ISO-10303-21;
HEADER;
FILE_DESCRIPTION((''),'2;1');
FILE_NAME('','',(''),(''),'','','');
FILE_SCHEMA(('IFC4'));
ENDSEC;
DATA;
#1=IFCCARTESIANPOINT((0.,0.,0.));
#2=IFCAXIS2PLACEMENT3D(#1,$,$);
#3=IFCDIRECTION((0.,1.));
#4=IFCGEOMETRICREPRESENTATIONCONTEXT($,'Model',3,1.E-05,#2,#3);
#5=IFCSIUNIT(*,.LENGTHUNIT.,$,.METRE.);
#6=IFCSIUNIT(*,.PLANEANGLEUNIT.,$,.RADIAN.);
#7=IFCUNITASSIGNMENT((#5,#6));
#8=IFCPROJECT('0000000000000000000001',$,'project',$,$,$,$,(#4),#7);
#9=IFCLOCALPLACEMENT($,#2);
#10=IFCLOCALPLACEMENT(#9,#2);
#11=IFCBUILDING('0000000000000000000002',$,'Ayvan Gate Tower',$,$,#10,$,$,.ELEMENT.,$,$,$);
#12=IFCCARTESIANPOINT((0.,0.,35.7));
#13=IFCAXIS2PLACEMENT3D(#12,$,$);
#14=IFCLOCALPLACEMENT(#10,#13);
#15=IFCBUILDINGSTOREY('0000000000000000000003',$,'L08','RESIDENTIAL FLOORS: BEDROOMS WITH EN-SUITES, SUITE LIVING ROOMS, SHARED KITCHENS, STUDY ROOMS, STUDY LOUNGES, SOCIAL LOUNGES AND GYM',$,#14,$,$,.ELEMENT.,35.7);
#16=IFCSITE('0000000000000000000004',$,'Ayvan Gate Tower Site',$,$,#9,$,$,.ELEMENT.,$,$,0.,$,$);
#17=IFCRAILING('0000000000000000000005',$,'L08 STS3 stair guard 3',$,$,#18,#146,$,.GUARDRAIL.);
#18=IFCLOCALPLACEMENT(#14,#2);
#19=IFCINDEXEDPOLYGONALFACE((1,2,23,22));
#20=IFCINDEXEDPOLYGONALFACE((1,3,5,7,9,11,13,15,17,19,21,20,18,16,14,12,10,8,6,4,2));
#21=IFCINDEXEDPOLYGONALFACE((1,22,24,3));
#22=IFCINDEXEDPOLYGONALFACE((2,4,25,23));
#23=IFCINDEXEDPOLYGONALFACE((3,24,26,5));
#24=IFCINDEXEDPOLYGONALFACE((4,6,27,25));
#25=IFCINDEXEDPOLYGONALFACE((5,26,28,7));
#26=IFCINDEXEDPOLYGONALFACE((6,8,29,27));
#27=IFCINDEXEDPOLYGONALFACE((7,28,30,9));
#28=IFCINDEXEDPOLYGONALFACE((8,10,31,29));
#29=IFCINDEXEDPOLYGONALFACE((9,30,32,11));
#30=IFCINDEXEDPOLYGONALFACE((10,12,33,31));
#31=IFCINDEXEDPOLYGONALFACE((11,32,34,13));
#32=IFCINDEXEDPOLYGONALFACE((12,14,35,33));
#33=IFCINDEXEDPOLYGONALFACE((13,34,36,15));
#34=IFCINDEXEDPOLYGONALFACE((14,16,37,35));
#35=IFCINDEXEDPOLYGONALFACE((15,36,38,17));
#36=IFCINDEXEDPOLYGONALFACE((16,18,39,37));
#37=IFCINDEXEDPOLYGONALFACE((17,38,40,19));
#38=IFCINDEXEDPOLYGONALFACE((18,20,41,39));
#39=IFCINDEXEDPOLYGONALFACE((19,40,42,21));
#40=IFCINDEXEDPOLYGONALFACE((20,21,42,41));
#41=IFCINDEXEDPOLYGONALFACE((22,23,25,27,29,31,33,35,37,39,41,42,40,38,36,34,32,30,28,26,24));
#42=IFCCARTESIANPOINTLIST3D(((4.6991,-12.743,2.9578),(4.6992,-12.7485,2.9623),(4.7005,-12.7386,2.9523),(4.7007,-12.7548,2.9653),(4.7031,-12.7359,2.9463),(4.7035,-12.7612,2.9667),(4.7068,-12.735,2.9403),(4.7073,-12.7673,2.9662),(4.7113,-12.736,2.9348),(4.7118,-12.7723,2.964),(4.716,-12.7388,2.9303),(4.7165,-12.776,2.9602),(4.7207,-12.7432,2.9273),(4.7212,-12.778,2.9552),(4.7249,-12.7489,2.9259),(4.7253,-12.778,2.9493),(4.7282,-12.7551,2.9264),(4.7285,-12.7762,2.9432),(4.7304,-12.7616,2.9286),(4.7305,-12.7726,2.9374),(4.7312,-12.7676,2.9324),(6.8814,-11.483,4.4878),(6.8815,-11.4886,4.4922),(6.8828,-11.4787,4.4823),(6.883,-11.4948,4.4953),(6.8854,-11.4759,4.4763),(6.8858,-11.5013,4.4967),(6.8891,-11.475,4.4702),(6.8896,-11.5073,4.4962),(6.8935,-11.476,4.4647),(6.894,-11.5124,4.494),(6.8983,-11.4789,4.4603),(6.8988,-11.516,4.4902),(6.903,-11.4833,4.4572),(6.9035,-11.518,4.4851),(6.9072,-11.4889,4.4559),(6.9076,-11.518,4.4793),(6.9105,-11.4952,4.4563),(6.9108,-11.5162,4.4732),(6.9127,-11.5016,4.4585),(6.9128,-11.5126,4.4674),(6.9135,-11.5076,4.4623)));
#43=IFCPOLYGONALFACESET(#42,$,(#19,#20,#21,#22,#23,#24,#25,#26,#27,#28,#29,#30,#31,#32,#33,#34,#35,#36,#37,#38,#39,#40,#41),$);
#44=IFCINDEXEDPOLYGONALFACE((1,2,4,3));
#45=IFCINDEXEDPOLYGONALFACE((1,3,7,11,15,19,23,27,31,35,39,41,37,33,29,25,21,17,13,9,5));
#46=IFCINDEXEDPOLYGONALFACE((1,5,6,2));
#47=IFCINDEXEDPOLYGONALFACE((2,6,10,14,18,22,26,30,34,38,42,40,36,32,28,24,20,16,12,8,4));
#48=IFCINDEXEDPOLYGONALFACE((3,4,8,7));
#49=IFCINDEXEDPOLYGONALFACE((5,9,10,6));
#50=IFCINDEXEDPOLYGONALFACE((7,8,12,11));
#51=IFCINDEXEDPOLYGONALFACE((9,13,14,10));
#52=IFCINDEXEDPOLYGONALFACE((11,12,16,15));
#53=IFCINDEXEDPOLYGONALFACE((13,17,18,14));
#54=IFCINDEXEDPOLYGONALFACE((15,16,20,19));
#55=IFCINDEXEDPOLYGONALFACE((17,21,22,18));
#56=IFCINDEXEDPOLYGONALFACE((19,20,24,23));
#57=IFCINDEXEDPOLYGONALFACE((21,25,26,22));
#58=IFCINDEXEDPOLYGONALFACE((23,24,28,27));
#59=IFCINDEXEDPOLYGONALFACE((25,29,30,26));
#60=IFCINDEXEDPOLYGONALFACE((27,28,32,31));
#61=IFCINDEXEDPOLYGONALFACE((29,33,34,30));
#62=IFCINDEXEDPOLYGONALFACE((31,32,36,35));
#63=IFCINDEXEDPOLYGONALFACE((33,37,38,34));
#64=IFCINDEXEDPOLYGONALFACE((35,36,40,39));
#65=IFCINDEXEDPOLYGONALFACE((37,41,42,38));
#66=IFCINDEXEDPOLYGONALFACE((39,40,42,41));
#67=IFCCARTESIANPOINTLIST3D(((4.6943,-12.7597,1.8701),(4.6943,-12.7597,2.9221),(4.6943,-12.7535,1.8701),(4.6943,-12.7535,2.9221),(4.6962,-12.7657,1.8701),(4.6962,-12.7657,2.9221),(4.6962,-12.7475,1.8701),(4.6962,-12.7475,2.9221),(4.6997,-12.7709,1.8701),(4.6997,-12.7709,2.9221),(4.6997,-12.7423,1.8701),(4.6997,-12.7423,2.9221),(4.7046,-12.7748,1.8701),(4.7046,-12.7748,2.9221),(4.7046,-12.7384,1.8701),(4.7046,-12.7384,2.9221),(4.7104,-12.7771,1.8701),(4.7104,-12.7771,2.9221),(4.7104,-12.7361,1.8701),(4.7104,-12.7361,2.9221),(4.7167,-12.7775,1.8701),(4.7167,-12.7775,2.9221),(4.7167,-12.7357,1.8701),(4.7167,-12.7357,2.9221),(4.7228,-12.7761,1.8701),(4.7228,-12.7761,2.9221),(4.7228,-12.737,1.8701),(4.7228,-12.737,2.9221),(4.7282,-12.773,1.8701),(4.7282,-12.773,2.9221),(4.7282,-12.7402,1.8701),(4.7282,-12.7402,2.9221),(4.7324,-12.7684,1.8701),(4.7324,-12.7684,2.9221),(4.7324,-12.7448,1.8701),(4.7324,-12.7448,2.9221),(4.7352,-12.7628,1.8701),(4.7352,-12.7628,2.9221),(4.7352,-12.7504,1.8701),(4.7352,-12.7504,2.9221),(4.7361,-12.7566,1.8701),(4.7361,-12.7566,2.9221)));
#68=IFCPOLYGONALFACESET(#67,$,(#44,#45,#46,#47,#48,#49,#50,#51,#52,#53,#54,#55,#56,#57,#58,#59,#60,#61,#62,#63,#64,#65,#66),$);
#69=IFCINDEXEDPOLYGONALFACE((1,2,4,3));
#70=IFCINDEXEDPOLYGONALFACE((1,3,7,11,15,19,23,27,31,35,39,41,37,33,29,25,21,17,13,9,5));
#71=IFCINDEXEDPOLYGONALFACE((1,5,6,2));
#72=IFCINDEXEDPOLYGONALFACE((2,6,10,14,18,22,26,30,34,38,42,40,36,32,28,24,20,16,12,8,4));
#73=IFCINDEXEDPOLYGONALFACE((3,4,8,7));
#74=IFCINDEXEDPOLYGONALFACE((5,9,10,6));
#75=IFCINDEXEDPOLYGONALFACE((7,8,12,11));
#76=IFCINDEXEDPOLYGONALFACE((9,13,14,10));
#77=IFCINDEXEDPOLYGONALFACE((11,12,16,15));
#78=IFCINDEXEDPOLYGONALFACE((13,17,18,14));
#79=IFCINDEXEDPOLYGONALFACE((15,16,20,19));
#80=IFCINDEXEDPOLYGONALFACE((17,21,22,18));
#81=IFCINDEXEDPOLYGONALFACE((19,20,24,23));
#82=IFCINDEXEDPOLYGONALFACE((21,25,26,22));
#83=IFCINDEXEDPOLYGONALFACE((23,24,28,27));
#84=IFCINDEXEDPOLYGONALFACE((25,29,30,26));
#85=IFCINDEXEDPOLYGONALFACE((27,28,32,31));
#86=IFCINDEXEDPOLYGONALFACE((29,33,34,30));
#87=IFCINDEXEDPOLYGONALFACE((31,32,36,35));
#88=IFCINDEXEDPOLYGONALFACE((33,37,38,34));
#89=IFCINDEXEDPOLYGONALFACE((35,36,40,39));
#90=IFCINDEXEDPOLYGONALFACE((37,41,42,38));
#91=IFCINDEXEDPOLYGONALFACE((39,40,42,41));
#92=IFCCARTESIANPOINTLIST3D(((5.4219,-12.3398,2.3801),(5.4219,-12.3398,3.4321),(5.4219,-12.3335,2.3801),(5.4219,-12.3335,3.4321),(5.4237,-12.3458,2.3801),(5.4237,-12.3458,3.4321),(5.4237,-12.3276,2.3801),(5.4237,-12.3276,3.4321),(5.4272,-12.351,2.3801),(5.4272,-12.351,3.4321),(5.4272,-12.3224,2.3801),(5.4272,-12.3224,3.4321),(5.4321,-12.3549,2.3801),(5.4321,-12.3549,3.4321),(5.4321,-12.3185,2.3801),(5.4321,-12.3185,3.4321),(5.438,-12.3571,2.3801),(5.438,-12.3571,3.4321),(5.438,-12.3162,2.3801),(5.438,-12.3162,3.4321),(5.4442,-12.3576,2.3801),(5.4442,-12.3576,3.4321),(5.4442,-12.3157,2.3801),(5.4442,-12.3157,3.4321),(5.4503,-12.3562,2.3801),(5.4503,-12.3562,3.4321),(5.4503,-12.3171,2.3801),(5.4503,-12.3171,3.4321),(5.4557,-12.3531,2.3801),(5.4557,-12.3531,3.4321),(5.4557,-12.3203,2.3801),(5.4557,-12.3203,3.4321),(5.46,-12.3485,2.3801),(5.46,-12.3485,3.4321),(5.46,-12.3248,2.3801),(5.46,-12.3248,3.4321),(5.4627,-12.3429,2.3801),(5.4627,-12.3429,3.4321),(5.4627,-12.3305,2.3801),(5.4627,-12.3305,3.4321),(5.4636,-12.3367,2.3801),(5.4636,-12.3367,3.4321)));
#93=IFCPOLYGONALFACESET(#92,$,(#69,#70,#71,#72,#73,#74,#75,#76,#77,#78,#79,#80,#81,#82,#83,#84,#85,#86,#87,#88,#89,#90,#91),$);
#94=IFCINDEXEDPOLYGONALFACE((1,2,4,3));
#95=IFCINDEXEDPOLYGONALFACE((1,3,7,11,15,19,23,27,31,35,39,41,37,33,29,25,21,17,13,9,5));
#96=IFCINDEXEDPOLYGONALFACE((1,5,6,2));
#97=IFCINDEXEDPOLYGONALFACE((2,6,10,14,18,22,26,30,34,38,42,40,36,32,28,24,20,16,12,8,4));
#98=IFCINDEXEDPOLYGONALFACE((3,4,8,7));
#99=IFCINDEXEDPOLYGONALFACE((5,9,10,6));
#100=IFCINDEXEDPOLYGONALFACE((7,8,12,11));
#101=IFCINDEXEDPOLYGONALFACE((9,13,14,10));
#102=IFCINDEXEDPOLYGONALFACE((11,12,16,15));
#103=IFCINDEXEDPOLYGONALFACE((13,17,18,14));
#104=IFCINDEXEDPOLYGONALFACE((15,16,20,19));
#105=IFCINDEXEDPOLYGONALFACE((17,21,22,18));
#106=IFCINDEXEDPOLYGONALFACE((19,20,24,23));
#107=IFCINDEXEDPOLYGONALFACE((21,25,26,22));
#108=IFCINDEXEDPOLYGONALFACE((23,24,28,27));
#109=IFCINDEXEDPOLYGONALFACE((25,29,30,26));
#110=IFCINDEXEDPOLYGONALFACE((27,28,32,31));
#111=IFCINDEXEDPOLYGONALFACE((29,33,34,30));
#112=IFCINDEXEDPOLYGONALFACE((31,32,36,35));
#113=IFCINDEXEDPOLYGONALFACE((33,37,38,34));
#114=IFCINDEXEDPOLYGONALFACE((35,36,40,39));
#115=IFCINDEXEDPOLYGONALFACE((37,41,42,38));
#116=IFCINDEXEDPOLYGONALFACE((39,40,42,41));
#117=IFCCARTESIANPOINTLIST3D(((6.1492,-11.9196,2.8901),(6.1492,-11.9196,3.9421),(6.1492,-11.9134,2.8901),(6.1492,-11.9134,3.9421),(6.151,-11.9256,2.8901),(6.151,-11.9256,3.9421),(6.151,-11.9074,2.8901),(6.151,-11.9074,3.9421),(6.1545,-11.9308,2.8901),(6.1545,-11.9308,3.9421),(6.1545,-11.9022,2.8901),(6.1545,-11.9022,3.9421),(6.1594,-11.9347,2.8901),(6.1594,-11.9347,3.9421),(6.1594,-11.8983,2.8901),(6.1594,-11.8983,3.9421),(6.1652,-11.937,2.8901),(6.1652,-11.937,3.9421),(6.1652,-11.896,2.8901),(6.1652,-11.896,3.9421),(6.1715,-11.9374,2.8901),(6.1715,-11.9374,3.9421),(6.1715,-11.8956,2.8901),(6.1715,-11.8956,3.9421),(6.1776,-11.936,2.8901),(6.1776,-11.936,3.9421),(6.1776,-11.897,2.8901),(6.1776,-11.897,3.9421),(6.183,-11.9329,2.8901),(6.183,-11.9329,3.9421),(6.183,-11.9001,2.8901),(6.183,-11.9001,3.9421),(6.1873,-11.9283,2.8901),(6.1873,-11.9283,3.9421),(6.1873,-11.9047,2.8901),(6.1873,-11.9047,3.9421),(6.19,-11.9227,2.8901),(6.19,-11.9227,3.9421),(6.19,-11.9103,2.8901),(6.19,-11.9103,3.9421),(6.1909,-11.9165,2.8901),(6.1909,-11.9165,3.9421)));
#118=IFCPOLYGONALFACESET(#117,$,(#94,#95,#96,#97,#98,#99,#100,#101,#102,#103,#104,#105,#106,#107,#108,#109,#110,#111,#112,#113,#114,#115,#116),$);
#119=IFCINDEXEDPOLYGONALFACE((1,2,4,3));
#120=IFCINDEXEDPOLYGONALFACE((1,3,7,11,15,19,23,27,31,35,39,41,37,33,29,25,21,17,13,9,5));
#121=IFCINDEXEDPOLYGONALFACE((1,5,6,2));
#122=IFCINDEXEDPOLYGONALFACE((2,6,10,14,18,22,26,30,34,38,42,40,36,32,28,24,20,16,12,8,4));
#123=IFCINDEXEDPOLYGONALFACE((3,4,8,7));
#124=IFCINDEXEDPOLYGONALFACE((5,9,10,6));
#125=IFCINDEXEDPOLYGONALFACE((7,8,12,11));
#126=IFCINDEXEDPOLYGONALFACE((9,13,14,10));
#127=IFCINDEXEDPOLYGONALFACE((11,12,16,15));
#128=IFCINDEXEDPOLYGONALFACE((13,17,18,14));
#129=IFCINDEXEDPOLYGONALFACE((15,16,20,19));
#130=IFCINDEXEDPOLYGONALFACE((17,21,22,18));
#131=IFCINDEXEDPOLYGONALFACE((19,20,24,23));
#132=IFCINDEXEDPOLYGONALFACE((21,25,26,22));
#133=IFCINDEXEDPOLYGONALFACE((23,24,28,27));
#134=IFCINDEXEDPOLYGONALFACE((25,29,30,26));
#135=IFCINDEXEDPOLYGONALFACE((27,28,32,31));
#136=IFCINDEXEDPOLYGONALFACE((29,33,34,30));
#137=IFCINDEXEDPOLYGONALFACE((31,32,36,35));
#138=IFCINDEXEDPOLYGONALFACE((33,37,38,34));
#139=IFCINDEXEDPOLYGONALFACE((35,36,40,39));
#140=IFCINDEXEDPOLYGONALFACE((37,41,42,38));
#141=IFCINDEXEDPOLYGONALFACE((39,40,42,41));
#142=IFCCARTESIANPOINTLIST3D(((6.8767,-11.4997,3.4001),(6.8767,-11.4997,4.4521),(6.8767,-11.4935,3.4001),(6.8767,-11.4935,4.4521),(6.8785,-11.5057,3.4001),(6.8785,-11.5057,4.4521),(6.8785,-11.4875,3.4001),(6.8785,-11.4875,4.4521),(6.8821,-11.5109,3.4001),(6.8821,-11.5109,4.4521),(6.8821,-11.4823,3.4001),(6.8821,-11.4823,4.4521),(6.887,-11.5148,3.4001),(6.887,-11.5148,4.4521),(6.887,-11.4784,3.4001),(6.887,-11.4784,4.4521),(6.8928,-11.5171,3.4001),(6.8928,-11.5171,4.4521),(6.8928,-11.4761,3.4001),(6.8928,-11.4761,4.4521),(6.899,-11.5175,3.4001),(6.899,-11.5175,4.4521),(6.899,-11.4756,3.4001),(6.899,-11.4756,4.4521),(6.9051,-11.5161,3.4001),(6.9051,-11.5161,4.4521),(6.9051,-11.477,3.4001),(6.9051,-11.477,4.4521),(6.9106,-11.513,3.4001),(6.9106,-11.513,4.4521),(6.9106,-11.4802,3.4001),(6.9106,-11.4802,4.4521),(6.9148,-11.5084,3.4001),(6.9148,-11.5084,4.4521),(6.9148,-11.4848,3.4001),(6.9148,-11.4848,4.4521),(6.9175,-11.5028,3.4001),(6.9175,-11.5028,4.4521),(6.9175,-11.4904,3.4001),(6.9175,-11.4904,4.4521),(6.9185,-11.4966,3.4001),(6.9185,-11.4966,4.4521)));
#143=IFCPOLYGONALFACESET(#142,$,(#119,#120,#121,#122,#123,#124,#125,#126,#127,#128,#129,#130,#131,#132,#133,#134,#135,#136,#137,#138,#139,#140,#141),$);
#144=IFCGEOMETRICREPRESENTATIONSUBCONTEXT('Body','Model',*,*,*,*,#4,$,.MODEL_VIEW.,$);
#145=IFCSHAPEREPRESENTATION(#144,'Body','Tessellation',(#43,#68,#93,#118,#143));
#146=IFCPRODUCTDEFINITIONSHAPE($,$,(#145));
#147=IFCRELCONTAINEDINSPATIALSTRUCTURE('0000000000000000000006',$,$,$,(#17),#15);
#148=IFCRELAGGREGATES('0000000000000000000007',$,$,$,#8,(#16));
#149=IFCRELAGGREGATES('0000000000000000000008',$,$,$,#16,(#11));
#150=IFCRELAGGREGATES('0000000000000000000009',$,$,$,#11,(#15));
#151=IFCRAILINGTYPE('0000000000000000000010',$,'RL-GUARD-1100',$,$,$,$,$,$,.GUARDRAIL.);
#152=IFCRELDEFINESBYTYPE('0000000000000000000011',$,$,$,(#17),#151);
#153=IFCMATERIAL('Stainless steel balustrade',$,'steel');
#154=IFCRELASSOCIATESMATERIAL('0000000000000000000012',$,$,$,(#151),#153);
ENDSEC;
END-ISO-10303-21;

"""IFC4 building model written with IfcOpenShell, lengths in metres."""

from ifc_helpers import new_model, si_unit, direction, frame, origin, origin_2d, place, context, subcontext, project, spatial, circle, extrude, material, type_object, element, save


model = new_model("IFC4")

# Units and contexts
model_context = context("Model", 3, precision=1e-05, world=origin(), true_north=direction((0.0, 1.0)))
body_context = subcontext(model_context, "Body", "Model", "MODEL_VIEW")
ifc_project = project(units=[si_unit("LENGTHUNIT", "METRE"), si_unit("PLANEANGLEUNIT", "RADIAN")], contexts=[model_context])

# Site, building, storey
site_placement = place(None, origin())
site = spatial("IfcSite", under=ifc_project, at=site_placement, Name="Ayvan Gate Tower Site", CompositionType="ELEMENT", RefElevation=0.0)
building_placement = place(site_placement, origin())
building = spatial("IfcBuilding", under=site, at=building_placement, Name="Ayvan Gate Tower", CompositionType="ELEMENT")
storey_placement = place(building_placement, frame((0.0, 0.0, 35.7)))
storey = spatial("IfcBuildingStorey", under=building, at=storey_placement, Name="L08", Description="RESIDENTIAL FLOORS: BEDROOMS WITH EN-SUITES, SUITE LIVING ROOMS, SHARED KITCHENS, STUDY ROOMS, STUDY LOUNGES, SOCIAL LOUNGES AND GYM", CompositionType="ELEMENT", Elevation=35.7)

# Railing
ifc_material_1 = material(Name="Stainless steel balustrade", Category="steel")
railing_type_1 = type_object("IfcRailingType", Name="RL-GUARD-1100", PredefinedType="GUARDRAIL", material=ifc_material_1)
railing_1_placement = place(storey_placement, frame((4.7151, -12.7566, 1.8701)))
element("IfcRailing", 1, at=railing_1_placement, inside=storey, type_object=railing_type_1, Name="L08 STS3 stair guard 3", PredefinedType="GUARDRAIL", context=body_context, shape_type="SweptSolid", body=[
    extrude(circle(Radius=0.0239, at=origin_2d()), frame((0.0, 0.0, 1.0762), z_axis=(0.740261, 0.427395, 0.518986), x_axis=(-0.500005, 0.866023, 0.0)), (0.0, 0.0, 1.0), 2.948),
    extrude(circle(Radius=0.021, at=origin_2d()), origin(), (0.0, 0.0, 1.0), 1.052),
    extrude(circle(Radius=0.021, at=origin_2d()), frame((0.7275, 0.4199, 0.51)), (0.0, 0.0, 1.0), 1.052),
    extrude(circle(Radius=0.021, at=origin_2d()), frame((1.4548, 0.8401, 1.02)), (0.0, 0.0, 1.0), 1.052),
    extrude(circle(Radius=0.021, at=origin_2d()), frame((2.1824, 1.26, 1.53)), (0.0, 0.0, 1.0), 1.052),
])

save(model, "model.ifc")
